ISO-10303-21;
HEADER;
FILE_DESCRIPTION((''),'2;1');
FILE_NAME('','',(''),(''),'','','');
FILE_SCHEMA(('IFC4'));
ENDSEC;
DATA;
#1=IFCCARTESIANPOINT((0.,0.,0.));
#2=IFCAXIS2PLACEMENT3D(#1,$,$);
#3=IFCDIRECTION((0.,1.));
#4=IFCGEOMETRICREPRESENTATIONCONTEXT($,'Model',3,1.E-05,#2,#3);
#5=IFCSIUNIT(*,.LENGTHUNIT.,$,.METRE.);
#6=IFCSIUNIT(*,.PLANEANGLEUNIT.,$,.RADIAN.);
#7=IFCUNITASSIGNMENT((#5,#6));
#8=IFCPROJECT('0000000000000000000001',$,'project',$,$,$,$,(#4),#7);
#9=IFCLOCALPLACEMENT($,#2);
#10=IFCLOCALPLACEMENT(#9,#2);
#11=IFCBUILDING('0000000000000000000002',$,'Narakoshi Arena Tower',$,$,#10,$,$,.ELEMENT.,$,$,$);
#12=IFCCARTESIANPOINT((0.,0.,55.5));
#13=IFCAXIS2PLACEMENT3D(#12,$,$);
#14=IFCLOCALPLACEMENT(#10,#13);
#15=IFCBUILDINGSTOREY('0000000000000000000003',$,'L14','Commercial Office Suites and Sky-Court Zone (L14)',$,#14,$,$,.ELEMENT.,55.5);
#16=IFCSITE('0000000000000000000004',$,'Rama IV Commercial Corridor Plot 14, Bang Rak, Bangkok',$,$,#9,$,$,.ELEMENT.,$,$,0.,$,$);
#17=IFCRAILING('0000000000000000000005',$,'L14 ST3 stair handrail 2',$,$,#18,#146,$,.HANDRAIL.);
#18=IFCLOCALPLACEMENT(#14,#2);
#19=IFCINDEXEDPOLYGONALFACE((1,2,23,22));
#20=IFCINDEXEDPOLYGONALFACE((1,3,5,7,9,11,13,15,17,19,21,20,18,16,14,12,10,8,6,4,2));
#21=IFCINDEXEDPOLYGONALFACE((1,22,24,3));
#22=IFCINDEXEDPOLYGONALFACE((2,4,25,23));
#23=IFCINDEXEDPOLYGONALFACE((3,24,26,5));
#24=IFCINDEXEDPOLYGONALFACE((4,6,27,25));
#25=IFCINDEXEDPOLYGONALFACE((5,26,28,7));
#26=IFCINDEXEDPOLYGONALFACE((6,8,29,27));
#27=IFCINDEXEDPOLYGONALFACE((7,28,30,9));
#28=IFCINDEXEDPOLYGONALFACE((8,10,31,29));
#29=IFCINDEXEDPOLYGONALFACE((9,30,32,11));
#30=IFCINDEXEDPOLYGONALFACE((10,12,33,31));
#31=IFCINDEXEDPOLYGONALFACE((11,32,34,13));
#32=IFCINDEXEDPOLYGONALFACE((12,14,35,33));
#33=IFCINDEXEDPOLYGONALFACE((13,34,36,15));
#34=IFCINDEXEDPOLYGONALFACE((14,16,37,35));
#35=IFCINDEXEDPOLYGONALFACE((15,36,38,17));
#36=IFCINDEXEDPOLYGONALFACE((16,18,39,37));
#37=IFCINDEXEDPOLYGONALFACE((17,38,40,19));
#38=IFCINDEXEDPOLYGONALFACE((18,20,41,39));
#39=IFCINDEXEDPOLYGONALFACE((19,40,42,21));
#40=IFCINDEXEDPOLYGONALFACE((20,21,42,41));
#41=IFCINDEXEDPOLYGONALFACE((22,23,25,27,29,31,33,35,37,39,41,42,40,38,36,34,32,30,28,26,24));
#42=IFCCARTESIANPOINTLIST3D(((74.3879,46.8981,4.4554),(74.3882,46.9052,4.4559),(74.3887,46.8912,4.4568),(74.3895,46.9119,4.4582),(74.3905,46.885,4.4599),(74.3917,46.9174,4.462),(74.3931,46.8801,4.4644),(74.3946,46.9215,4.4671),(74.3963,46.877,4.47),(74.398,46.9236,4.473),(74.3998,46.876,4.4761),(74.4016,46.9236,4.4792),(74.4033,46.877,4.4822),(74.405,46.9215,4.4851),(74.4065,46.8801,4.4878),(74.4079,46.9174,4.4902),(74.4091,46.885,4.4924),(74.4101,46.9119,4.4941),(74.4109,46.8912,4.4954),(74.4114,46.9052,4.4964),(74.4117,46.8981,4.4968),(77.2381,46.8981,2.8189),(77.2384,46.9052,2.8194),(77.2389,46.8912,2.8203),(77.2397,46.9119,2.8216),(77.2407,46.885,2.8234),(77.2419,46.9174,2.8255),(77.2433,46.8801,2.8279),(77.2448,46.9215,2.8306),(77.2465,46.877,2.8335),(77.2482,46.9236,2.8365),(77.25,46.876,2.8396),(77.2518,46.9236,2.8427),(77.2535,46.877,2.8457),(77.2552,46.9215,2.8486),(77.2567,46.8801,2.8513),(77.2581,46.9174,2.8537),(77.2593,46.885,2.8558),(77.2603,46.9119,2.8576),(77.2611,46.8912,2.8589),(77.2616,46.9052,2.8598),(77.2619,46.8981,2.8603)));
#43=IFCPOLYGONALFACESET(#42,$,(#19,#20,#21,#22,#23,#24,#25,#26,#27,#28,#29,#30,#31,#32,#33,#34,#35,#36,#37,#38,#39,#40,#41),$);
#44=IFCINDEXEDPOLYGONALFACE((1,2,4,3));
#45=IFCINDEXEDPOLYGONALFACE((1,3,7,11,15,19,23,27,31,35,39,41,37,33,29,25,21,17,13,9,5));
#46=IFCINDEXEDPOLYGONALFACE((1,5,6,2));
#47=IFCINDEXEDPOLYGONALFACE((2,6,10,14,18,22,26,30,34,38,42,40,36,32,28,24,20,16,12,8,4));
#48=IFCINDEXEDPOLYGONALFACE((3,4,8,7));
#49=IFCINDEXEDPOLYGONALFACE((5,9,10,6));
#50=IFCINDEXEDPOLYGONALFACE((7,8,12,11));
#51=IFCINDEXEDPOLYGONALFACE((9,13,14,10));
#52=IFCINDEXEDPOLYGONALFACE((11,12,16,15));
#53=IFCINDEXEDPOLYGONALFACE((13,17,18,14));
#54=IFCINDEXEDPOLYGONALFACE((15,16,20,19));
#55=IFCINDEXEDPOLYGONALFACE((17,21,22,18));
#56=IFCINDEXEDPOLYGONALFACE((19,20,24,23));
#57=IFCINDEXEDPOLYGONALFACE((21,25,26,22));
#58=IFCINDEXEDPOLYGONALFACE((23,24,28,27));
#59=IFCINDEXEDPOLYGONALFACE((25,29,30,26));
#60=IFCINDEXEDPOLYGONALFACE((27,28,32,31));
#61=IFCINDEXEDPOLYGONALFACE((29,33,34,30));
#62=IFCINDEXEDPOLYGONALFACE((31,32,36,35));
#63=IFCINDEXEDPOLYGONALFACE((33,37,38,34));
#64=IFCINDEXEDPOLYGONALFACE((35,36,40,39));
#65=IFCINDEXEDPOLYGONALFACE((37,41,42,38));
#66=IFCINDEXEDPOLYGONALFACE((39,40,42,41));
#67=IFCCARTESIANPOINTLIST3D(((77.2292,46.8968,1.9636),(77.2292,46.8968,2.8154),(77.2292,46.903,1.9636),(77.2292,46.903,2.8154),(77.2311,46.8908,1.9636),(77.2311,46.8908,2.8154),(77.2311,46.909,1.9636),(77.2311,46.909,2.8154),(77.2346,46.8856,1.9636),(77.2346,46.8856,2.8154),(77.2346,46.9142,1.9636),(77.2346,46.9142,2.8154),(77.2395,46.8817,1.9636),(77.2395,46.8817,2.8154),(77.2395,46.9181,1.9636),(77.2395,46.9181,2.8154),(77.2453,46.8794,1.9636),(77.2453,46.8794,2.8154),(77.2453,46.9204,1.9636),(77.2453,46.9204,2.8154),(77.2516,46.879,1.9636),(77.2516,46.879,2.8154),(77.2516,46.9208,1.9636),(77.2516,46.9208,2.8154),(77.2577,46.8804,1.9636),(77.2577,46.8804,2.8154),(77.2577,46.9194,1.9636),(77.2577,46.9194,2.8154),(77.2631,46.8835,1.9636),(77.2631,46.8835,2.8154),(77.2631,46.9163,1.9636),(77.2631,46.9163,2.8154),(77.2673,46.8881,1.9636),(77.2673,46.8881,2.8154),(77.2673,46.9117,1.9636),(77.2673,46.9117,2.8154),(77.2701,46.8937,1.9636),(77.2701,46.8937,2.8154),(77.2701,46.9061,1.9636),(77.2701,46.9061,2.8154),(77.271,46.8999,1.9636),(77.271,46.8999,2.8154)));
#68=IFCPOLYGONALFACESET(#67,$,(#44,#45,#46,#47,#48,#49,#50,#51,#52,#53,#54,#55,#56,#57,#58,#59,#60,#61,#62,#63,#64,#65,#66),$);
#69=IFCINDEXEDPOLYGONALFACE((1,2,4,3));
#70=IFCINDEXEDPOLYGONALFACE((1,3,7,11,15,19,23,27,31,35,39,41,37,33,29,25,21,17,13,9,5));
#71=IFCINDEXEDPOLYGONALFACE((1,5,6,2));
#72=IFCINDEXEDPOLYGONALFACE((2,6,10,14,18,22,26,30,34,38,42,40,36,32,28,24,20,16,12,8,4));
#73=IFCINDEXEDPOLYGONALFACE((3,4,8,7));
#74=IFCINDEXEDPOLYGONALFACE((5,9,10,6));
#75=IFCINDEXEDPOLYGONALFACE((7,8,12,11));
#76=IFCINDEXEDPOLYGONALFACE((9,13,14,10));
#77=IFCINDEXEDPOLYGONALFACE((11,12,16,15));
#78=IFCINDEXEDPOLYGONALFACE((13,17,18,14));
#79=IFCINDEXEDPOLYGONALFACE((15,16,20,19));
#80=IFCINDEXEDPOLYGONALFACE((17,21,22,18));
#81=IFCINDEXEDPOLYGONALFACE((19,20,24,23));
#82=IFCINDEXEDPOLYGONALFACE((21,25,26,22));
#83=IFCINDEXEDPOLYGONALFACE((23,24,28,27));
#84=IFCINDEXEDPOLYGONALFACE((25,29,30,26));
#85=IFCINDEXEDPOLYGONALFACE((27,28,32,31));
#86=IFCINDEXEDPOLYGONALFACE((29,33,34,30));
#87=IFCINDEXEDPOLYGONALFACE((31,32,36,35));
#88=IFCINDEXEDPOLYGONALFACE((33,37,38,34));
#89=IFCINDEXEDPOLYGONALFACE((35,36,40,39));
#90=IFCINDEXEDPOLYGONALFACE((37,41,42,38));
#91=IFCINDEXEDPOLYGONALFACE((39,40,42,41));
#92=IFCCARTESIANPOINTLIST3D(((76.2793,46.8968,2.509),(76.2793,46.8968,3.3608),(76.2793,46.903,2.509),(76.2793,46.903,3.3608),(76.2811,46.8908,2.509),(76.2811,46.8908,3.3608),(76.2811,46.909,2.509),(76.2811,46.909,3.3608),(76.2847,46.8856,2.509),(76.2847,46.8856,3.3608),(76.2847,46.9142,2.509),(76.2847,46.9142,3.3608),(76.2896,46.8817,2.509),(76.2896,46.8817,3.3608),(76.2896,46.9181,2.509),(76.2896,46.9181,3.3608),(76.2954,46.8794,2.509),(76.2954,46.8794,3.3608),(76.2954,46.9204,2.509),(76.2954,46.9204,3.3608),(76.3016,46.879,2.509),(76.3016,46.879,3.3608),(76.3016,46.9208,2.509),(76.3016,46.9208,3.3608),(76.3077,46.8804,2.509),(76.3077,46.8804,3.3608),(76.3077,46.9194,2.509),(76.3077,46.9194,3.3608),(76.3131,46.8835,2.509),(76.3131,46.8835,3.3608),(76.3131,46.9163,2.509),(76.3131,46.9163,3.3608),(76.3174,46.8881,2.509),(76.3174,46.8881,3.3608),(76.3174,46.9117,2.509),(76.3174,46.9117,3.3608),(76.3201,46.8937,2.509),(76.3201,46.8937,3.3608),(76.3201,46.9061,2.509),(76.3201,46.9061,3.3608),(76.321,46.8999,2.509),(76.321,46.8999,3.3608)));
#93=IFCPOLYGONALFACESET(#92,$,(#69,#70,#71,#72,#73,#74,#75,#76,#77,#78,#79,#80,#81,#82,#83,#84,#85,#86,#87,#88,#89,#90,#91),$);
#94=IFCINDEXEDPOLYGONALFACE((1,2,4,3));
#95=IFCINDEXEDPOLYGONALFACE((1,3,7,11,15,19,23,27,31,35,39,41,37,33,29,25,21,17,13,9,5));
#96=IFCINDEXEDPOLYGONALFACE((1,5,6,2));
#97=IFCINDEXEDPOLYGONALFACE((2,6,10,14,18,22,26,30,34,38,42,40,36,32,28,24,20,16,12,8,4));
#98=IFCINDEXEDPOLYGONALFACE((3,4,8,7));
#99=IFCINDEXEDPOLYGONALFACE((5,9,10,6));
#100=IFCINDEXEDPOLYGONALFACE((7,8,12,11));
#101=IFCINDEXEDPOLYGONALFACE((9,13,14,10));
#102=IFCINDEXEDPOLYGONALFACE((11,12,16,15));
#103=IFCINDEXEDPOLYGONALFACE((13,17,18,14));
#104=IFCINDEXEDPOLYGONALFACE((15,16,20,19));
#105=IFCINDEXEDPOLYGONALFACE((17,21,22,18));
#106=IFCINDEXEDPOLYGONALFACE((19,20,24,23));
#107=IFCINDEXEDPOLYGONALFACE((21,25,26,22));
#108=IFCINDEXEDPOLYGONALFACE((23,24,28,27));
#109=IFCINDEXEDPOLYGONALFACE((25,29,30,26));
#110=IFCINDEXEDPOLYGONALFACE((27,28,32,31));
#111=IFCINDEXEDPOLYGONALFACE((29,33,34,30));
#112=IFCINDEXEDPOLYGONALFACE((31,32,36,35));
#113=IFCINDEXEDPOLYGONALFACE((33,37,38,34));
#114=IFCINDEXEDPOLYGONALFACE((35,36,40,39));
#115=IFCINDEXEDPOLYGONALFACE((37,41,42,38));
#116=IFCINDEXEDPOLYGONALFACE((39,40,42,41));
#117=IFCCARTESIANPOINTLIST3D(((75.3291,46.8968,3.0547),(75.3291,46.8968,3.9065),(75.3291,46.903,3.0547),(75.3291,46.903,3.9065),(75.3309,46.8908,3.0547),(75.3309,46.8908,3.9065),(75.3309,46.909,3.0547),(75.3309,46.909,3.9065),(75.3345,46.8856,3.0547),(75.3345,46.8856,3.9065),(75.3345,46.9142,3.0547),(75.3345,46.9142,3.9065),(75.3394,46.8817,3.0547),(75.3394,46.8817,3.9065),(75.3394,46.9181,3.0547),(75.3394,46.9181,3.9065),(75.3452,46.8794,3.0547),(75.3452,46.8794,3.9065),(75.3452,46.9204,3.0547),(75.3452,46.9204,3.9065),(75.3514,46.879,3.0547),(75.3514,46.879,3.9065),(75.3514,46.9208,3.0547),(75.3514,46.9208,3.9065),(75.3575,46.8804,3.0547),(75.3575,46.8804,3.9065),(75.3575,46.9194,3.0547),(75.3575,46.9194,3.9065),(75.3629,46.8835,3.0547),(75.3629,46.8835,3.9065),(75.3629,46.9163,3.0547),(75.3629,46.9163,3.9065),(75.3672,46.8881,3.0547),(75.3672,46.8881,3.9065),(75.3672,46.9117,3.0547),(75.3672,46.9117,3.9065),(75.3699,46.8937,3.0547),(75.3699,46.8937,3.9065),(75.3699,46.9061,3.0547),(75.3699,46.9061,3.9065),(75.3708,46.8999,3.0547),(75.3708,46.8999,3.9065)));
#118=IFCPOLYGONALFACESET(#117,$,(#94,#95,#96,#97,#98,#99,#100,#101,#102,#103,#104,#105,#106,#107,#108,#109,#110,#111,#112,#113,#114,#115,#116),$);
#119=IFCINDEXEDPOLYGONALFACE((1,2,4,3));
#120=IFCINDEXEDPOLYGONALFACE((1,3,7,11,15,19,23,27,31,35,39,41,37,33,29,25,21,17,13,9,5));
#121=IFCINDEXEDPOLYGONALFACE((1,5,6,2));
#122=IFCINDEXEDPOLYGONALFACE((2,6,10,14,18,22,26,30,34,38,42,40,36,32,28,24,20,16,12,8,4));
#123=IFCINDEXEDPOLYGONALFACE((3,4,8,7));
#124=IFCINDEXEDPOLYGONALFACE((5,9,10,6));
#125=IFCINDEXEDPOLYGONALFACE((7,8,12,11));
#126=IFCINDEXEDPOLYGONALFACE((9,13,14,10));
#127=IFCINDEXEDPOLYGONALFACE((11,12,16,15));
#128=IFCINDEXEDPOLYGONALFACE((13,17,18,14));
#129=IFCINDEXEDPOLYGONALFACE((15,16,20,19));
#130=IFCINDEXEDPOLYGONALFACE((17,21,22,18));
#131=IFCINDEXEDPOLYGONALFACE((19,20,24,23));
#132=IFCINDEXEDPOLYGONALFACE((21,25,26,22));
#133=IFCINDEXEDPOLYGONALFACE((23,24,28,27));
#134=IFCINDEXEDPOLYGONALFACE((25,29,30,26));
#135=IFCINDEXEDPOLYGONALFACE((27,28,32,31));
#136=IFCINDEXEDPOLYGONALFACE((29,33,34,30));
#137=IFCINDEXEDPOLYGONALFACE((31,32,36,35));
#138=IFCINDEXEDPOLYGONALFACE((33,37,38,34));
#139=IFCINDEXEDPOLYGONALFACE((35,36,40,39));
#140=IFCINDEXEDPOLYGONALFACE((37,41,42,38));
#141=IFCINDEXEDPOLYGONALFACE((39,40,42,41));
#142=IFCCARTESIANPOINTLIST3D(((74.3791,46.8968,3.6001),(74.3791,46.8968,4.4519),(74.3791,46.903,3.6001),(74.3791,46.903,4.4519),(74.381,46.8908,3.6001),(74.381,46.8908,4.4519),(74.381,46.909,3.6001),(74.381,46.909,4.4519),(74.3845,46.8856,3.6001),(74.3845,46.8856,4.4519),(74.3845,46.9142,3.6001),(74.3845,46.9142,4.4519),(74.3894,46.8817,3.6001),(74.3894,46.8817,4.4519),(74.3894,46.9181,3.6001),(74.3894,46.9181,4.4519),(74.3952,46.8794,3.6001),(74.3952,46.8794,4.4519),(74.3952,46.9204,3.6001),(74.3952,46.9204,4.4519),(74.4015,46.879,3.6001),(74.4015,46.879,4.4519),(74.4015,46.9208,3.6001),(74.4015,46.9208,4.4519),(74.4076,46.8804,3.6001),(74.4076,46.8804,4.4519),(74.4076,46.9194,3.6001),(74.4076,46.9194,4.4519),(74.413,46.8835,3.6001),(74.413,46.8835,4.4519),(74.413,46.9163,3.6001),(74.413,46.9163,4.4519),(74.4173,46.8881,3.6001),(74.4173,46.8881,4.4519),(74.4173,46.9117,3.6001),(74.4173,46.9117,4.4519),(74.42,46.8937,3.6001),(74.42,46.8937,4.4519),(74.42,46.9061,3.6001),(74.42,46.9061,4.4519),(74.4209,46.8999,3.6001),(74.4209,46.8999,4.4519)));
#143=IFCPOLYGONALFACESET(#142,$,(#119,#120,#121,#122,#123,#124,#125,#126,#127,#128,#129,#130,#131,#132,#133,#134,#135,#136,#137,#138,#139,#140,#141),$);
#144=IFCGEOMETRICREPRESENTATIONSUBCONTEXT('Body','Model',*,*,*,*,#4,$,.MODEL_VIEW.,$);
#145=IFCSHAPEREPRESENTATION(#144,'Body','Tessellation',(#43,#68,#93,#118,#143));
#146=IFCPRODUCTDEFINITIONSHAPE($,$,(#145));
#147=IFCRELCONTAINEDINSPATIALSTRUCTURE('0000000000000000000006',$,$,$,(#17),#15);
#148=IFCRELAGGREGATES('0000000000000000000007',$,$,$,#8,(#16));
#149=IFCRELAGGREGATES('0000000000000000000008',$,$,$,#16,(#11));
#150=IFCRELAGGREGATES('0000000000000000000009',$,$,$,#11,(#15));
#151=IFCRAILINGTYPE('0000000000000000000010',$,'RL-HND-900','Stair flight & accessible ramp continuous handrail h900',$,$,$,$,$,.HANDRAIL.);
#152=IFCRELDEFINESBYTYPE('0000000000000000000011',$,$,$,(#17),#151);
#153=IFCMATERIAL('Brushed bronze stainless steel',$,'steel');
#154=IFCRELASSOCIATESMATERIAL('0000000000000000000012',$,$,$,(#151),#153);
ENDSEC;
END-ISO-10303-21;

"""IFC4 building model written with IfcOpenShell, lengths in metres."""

from ifc_helpers import new_model, si_unit, direction, frame, origin, origin_2d, place, context, subcontext, project, spatial, circle, extrude, material, type_object, element, save


model = new_model("IFC4")

# Units and contexts
model_context = context("Model", 3, precision=1e-05, world=origin(), true_north=direction((0.0, 1.0)))
body_context = subcontext(model_context, "Body", "Model", "MODEL_VIEW")
ifc_project = project(units=[si_unit("LENGTHUNIT", "METRE"), si_unit("PLANEANGLEUNIT", "RADIAN")], contexts=[model_context])

# Site, building, storey
site_placement = place(None, origin())
site = spatial("IfcSite", under=ifc_project, at=site_placement, Name="Rama IV Commercial Corridor Plot 14, Bang Rak, Bangkok", CompositionType="ELEMENT", RefElevation=0.0)
building_placement = place(site_placement, origin())
building = spatial("IfcBuilding", under=site, at=building_placement, Name="Narakoshi Arena Tower", CompositionType="ELEMENT")
storey_placement = place(building_placement, frame((0.0, 0.0, 55.5)))
storey = spatial("IfcBuildingStorey", under=building, at=storey_placement, Name="L14", Description="Commercial Office Suites and Sky-Court Zone (L14)", CompositionType="ELEMENT", Elevation=55.5)

# Shared definitions
ifc_material_1 = material(Name="Brushed bronze stainless steel", Category="steel")

# Railing
railing_type_1 = type_object("IfcRailingType", Name="RL-HND-900", Description="Stair flight & accessible ramp continuous handrail h900", PredefinedType="HANDRAIL", material=ifc_material_1)
railing_1_placement = place(storey_placement, frame((77.25, 46.8999, 1.9636)))
element("IfcRailing", 1, at=railing_1_placement, inside=storey, type_object=railing_type_1, Name="L14 ST3 stair handrail 2", PredefinedType="HANDRAIL", context=body_context, shape_type="SweptSolid", body=[
    extrude(circle(Radius=0.0239, at=origin_2d()), frame((0.0, 0.0, 0.876), z_axis=(-0.867213, 0.0, 0.497938), x_axis=(0.0, -1.0, 0.0)), (0.0, 0.0, 1.0), 3.2866),
    extrude(circle(Radius=0.021, at=origin_2d()), origin(), (0.0, 0.0, 1.0), 0.8518),
    extrude(circle(Radius=0.021, at=origin_2d()), frame((-0.95, 0.0, 0.5454)), (0.0, 0.0, 1.0), 0.8518),
    extrude(circle(Radius=0.021, at=origin_2d()), frame((-1.9001, 0.0, 1.0911)), (0.0, 0.0, 1.0), 0.8518),
    extrude(circle(Radius=0.021, at=origin_2d()), frame((-2.8501, 0.0, 1.6365)), (0.0, 0.0, 1.0), 0.8518),
])

save(model, "model.ifc")
